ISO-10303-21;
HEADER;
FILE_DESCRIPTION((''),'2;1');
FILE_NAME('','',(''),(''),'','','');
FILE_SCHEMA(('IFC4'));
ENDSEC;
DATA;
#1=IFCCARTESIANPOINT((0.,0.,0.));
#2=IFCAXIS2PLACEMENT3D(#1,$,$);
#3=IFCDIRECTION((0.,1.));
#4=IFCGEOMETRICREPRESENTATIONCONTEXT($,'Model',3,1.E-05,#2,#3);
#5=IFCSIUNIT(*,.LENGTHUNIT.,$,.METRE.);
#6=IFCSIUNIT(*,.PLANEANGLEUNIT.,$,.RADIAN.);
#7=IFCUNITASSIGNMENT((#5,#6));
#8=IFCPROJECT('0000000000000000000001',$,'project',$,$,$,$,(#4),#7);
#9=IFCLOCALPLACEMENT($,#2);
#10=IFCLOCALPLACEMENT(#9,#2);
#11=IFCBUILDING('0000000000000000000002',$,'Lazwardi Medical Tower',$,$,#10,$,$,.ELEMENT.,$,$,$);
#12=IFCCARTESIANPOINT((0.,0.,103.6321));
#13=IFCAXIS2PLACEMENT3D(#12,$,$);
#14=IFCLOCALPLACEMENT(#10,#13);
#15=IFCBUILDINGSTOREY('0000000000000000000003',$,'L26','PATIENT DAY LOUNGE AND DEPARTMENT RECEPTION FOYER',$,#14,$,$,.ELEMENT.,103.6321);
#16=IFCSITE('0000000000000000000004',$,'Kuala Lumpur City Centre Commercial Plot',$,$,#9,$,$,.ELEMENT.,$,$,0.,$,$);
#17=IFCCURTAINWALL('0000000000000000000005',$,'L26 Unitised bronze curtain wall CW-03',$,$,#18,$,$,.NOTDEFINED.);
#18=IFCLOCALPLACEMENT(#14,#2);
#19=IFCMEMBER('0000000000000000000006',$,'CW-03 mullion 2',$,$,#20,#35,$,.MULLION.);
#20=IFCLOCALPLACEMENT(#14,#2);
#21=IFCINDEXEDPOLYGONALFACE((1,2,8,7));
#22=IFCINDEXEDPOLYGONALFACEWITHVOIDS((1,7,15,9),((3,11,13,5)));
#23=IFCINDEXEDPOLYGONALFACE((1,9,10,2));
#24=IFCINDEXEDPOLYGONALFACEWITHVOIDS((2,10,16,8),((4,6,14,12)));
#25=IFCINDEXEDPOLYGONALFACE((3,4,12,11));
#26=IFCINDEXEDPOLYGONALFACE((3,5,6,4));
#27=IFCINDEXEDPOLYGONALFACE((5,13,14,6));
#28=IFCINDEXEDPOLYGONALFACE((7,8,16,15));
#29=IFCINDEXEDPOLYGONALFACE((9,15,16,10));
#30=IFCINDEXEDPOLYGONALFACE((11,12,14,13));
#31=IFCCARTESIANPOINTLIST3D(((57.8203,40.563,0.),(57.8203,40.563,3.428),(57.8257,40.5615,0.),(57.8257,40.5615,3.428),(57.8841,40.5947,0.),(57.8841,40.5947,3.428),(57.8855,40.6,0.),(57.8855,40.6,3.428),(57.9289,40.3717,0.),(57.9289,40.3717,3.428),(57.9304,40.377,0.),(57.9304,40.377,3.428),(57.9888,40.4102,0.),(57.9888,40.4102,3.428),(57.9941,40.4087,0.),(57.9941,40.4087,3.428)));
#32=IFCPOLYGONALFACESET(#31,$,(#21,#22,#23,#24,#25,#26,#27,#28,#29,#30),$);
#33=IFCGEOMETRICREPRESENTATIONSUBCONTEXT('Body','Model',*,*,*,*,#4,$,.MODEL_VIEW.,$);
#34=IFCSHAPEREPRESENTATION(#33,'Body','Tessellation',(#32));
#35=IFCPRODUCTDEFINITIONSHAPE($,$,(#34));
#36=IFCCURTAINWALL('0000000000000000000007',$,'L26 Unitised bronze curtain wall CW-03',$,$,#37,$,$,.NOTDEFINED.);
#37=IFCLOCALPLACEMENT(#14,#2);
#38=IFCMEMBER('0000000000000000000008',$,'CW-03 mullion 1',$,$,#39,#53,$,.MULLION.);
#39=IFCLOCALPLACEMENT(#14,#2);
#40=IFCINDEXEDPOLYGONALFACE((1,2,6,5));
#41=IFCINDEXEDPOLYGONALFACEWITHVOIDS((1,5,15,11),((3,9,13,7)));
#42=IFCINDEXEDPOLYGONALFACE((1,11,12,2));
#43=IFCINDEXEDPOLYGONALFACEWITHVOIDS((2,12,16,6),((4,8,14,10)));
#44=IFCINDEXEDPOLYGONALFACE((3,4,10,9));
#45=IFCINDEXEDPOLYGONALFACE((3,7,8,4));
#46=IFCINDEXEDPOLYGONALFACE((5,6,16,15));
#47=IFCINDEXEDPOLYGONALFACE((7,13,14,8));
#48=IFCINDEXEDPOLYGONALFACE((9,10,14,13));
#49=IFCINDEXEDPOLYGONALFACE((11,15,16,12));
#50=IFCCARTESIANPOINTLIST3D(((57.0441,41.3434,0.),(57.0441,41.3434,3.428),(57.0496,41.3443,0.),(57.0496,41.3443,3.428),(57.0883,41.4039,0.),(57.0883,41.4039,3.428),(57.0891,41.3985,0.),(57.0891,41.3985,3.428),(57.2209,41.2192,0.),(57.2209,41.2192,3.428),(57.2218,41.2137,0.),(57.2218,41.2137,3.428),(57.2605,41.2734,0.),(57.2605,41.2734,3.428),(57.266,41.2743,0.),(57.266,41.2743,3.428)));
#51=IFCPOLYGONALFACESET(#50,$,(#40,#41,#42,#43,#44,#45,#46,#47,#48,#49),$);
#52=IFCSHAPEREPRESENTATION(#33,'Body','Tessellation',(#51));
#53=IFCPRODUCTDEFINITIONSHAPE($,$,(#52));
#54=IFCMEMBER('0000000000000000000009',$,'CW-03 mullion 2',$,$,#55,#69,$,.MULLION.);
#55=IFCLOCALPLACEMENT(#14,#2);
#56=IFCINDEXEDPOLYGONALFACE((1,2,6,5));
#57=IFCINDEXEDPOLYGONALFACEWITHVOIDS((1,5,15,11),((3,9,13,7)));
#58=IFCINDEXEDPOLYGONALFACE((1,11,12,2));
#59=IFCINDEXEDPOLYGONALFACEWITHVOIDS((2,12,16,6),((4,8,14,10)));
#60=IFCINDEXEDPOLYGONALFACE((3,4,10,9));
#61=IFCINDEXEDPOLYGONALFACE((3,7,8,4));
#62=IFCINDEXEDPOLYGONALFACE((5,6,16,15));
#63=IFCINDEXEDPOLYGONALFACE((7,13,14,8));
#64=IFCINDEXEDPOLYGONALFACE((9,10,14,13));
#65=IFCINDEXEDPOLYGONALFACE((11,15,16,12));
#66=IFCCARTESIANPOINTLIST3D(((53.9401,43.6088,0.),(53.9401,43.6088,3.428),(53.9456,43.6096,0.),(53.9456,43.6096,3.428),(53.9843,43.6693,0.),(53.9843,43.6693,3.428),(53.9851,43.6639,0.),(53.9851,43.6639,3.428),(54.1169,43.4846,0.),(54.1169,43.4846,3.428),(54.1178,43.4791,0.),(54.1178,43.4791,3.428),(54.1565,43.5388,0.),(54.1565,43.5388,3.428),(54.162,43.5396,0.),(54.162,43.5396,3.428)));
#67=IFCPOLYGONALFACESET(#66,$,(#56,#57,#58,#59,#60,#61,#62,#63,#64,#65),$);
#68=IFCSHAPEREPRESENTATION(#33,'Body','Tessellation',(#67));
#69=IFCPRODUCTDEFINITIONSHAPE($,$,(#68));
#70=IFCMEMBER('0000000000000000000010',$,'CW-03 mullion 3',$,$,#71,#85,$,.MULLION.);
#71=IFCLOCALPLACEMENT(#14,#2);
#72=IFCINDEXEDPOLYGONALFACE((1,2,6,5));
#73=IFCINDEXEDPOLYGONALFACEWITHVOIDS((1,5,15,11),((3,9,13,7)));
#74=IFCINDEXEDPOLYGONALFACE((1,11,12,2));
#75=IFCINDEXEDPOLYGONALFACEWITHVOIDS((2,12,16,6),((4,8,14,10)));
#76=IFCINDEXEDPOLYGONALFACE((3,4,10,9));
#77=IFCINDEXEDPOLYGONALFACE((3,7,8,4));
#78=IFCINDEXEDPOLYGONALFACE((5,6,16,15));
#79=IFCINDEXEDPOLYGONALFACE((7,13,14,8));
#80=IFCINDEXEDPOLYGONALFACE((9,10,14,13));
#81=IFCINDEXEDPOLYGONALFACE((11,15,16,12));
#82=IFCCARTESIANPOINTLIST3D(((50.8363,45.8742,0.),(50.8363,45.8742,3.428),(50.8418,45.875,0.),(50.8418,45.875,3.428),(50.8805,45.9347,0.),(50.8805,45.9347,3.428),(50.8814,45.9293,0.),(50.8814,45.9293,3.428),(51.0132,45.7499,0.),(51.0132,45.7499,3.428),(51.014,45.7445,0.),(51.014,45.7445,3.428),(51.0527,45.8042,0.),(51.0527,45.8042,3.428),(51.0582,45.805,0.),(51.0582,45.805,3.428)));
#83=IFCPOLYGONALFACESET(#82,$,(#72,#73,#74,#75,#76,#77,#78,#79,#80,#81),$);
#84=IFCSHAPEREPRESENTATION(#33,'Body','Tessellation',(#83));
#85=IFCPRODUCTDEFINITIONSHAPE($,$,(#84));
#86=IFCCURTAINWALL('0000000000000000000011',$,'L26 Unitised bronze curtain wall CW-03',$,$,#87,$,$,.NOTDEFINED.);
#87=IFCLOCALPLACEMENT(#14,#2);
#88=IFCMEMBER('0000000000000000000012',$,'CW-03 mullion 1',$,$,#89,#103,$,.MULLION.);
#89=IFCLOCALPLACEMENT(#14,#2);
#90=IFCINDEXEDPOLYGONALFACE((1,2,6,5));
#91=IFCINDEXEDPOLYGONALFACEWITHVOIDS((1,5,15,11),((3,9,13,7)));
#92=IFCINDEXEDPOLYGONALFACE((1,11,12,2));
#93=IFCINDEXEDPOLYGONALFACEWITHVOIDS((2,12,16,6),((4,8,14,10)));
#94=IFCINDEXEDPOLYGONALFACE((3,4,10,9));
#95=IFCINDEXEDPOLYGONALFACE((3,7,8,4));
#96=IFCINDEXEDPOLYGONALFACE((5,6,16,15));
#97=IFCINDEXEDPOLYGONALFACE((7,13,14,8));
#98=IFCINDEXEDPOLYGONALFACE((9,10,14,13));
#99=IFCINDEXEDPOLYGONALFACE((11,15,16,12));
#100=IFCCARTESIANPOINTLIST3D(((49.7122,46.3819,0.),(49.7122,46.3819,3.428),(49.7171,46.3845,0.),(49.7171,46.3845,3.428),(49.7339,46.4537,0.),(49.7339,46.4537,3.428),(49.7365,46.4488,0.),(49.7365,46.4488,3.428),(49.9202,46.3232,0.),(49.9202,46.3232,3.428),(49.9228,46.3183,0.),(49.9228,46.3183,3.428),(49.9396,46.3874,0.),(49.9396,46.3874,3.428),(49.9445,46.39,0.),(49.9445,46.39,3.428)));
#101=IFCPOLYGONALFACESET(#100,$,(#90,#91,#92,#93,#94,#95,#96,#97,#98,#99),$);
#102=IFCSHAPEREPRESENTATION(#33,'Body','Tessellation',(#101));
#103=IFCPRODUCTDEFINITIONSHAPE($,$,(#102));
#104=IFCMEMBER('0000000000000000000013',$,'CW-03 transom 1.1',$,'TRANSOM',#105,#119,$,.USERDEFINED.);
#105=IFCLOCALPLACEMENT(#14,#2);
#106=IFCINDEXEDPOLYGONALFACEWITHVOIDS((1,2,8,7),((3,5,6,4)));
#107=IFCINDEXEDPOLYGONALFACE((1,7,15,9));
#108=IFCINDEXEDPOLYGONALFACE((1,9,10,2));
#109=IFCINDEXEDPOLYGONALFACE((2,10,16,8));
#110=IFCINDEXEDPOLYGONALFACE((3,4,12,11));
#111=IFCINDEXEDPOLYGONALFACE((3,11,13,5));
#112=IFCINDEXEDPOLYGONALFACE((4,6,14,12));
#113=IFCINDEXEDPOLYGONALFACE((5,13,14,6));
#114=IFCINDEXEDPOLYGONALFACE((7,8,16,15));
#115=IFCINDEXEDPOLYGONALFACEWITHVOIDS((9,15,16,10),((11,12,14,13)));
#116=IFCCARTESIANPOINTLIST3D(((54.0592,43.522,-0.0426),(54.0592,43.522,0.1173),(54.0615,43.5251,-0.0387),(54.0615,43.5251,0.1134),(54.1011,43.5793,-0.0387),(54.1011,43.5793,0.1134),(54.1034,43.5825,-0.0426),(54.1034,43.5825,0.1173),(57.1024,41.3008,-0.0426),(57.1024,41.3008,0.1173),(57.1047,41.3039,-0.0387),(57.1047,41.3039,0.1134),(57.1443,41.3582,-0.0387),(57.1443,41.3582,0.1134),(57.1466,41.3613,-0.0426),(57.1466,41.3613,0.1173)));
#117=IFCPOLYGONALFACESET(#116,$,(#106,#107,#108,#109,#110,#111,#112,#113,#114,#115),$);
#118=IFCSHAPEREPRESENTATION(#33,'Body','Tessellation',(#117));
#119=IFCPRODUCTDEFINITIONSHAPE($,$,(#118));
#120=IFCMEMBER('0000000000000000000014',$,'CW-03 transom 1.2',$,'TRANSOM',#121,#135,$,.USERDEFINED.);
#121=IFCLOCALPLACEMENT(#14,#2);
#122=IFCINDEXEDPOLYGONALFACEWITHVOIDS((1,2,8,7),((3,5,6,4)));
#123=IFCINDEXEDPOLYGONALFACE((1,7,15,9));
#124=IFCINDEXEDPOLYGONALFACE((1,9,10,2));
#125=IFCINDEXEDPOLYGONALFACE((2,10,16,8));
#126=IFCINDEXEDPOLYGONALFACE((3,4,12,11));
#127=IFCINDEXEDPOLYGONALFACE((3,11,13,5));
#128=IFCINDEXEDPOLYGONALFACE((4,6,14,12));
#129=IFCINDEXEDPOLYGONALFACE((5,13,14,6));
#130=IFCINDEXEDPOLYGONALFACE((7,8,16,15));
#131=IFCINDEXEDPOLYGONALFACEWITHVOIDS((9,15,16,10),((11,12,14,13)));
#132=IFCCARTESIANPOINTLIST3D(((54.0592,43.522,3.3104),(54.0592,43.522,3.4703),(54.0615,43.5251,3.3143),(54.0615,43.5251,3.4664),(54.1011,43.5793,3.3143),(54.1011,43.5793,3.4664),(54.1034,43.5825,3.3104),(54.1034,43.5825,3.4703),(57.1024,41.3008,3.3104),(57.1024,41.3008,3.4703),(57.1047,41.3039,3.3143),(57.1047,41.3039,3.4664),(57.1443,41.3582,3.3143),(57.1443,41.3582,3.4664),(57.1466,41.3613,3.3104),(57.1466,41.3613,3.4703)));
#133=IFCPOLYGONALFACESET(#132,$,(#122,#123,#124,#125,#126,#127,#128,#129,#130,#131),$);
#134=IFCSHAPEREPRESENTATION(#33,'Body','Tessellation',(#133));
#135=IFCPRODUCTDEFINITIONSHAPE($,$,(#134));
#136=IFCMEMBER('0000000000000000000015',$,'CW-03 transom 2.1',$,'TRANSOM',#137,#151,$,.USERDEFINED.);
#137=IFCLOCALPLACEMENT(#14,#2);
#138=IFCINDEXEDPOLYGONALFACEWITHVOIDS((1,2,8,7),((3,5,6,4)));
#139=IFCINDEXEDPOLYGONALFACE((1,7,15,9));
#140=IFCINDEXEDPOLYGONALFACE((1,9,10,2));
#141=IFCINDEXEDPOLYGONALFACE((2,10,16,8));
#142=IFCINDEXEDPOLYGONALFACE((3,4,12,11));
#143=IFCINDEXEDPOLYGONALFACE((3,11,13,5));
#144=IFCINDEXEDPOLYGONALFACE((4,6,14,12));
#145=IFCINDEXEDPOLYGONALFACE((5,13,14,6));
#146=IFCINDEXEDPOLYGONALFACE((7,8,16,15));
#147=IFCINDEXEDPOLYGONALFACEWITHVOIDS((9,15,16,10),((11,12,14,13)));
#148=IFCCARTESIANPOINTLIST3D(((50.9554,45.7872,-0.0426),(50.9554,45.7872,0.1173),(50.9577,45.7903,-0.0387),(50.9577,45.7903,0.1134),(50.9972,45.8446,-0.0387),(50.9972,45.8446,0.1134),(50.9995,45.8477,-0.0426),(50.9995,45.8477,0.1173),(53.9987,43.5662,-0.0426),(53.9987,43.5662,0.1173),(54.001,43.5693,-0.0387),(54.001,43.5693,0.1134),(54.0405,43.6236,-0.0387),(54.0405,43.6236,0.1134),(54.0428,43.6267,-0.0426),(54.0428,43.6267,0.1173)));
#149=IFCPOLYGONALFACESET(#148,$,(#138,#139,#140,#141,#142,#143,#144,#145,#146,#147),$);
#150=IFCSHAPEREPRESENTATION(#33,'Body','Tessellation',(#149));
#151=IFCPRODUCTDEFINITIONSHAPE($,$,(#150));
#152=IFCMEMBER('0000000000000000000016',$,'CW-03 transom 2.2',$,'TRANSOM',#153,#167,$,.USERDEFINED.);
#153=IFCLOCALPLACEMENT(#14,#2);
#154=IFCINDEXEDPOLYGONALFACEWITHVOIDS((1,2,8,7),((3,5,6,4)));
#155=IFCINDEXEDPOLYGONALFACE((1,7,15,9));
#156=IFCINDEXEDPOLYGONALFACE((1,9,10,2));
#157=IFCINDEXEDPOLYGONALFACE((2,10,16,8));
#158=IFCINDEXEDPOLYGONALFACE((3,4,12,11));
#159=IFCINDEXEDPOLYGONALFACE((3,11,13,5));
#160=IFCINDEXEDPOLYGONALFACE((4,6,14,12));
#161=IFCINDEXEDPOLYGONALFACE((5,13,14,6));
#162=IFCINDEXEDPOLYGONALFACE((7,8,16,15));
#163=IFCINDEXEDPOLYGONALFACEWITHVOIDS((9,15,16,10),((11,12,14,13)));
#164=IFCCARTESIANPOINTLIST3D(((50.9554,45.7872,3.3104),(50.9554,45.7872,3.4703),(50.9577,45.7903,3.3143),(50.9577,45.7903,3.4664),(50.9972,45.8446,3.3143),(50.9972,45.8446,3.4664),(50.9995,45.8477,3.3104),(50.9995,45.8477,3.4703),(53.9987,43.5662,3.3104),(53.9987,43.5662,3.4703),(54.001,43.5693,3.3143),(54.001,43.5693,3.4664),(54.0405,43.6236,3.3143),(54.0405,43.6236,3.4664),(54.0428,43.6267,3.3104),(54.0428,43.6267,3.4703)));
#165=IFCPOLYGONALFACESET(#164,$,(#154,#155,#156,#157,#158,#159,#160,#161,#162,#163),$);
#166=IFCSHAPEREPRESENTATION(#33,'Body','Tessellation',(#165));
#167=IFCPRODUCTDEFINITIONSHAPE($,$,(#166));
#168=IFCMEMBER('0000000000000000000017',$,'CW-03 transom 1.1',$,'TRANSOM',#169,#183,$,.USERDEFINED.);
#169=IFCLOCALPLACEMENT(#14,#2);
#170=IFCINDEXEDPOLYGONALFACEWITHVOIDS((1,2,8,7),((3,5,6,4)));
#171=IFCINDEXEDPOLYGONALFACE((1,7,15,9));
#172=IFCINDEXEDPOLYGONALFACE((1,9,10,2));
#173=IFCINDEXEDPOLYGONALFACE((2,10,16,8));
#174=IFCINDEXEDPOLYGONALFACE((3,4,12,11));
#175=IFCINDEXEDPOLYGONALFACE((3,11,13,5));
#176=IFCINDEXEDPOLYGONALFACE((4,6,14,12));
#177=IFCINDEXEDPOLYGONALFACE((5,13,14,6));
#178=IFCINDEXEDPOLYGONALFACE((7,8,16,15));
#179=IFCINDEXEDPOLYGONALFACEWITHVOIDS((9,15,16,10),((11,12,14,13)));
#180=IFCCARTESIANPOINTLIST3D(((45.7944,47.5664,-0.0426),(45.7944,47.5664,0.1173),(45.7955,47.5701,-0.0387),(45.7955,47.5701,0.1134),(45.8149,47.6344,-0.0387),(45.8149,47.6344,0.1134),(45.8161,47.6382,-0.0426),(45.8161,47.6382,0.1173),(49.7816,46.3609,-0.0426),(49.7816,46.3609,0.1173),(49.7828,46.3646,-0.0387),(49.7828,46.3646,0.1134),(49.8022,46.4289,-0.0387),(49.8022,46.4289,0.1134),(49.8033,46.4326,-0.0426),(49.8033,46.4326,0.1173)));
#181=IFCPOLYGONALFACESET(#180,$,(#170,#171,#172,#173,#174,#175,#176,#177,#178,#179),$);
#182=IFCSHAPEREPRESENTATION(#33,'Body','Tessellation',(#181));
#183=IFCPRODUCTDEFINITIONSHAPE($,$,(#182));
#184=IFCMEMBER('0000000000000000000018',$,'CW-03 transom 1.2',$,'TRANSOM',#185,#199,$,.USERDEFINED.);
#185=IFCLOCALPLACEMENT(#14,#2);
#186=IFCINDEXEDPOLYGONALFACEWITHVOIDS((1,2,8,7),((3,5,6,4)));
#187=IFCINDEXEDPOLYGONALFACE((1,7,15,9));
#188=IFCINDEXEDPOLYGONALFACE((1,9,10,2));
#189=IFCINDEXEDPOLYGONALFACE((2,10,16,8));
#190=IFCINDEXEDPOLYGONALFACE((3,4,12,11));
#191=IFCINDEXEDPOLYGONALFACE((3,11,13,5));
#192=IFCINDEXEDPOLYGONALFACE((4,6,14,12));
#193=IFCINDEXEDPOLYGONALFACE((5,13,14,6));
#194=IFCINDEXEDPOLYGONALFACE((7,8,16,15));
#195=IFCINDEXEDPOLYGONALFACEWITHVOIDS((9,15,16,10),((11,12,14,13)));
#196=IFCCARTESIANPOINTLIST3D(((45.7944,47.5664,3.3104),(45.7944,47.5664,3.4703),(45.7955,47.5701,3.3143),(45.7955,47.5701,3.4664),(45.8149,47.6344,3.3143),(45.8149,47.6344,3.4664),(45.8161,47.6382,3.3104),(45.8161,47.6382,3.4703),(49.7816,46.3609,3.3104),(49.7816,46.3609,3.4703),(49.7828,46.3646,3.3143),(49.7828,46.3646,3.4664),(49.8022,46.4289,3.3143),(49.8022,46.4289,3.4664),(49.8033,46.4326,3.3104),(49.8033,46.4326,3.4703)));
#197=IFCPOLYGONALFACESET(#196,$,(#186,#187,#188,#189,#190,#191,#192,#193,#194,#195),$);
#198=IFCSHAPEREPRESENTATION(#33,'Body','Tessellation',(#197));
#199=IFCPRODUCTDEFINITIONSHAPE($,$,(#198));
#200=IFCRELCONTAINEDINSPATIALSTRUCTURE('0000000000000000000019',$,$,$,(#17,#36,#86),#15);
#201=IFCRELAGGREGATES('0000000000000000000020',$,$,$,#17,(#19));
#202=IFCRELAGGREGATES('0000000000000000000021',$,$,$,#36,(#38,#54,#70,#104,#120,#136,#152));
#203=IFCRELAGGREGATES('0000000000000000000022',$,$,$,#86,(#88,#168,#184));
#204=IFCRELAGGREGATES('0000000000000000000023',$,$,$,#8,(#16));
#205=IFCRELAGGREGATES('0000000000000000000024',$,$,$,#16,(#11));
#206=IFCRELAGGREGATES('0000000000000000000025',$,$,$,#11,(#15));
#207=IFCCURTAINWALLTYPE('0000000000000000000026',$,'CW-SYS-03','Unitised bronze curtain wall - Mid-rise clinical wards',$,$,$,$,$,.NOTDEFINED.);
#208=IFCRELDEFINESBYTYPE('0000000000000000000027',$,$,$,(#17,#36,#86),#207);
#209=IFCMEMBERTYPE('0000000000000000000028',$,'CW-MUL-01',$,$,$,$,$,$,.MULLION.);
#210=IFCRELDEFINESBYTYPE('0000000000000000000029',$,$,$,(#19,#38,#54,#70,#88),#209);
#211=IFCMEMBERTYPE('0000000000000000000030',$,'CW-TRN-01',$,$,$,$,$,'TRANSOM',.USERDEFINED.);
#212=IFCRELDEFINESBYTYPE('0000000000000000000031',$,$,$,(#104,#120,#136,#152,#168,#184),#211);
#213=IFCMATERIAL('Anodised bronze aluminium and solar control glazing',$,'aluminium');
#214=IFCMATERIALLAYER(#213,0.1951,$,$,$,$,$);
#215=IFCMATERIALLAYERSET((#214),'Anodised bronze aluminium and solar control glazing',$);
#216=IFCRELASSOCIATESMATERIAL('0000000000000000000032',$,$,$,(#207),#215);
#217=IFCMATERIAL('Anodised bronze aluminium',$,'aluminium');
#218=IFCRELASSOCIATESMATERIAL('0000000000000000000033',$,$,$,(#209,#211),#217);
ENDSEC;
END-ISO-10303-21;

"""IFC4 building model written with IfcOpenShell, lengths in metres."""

from ifc_helpers import new_model, si_unit, direction, frame, origin, origin_2d, place, context, subcontext, project, spatial, hollow_rectangle, extrude, material, layer, layer_set, material_profile, profile_set, type_object, element, aggregate, save


model = new_model("IFC4")

# Units and contexts
model_context = context("Model", 3, precision=1e-05, world=origin(), true_north=direction((0.0, 1.0)))
body_context = subcontext(model_context, "Body", "Model", "MODEL_VIEW")
ifc_project = project(units=[si_unit("LENGTHUNIT", "METRE"), si_unit("PLANEANGLEUNIT", "RADIAN")], contexts=[model_context])

# Site, building, storey
site_placement = place(None, origin())
site = spatial("IfcSite", under=ifc_project, at=site_placement, Name="Kuala Lumpur City Centre Commercial Plot", CompositionType="ELEMENT", RefElevation=0.0)
building_placement = place(site_placement, origin())
building = spatial("IfcBuilding", under=site, at=building_placement, Name="Lazwardi Medical Tower", CompositionType="ELEMENT")
storey_placement = place(building_placement, frame((0.0, 0.0, 103.6321)))
storey = spatial("IfcBuildingStorey", under=building, at=storey_placement, Name="L26", Description="PATIENT DAY LOUNGE AND DEPARTMENT RECEPTION FOYER", CompositionType="ELEMENT", Elevation=103.6321)

# Curtain wall, member
ifc_material_1 = material(Name="Anodised bronze aluminium and solar control glazing", Category="aluminium")
ifc_layer_1 = layer(ifc_material_1, 0.1951)
ifc_layer_set_1 = layer_set([ifc_layer_1], Name="Anodised bronze aluminium and solar control glazing")
curtain_wall_type = type_object("IfcCurtainWallType", Name="CW-SYS-03", Description="Unitised bronze curtain wall - Mid-rise clinical wards", PredefinedType="NOTDEFINED", material=ifc_layer_set_1)
curtain_wall_1_placement = place(storey_placement, origin())
curtain_wall_1 = element("IfcCurtainWall", 1, at=curtain_wall_1_placement, inside=storey, type_object=curtain_wall_type, Name="L26 Unitised bronze curtain wall CW-03", PredefinedType="NOTDEFINED")
ifc_material_2 = material(Name="Anodised bronze aluminium", Category="aluminium")
ifc_material_profile_1 = material_profile(ifc_material_2, hollow_rectangle(XDim=0.075, YDim=0.22, WallThickness=0.0039, at=origin_2d()), Name="ALU-MULLION 220x75x4")
ifc_profile_set_1 = profile_set([ifc_material_profile_1], Name="Anodised bronze aluminium")
member_type_1 = type_object("IfcMemberType", Name="CW-MUL-01", PredefinedType="MULLION", material=ifc_profile_set_1)
member_1_placement = place(storey_placement, frame((57.9072, 40.4858, 0.0), z_axis=(0.0, 0.0, 1.0), x_axis=(-0.869687, -0.493603, 0.0)))
member_1 = element("IfcMember", 2, at=member_1_placement, type_object=member_type_1, Name="CW-03 mullion 2", PredefinedType="MULLION", context=body_context, shape_type="SweptSolid", body=[
    extrude(hollow_rectangle(XDim=0.075, YDim=0.22, WallThickness=0.0039, at=origin_2d()), origin(), (0.0, 0.0, 1.0), 3.428),
])
aggregate(curtain_wall_1, [member_1])

# Curtain wall, members
curtain_wall_2_placement = place(storey_placement, origin())
curtain_wall_2 = element("IfcCurtainWall", 3, at=curtain_wall_2_placement, inside=storey, type_object=curtain_wall_type, Name="L26 Unitised bronze curtain wall CW-03", PredefinedType="NOTDEFINED")
member_2_placement = place(storey_placement, frame((57.155, 41.3088, 0.0), z_axis=(0.0, 0.0, 1.0), x_axis=(-0.589531, -0.807746, 0.0)))
member_2 = element("IfcMember", 4, at=member_2_placement, type_object=member_type_1, Name="CW-03 mullion 1", PredefinedType="MULLION", context=body_context, shape_type="SweptSolid", body=[
    extrude(hollow_rectangle(XDim=0.075, YDim=0.22, WallThickness=0.0039, at=origin_2d()), origin(), (0.0, 0.0, 1.0), 3.428),
])
member_3_placement = place(storey_placement, frame((54.051, 43.5742, 0.0), z_axis=(0.0, 0.0, 1.0), x_axis=(-0.589531, -0.807746, 0.0)))
member_3 = element("IfcMember", 5, at=member_3_placement, type_object=member_type_1, Name="CW-03 mullion 2", PredefinedType="MULLION", context=body_context, shape_type="SweptSolid", body=[
    extrude(hollow_rectangle(XDim=0.075, YDim=0.22, WallThickness=0.0039, at=origin_2d()), origin(), (0.0, 0.0, 1.0), 3.428),
])
member_4_placement = place(storey_placement, frame((50.9473, 45.8396, 0.0), z_axis=(0.0, 0.0, 1.0), x_axis=(-0.589531, -0.807746, 0.0)))
member_4 = element("IfcMember", 6, at=member_4_placement, type_object=member_type_1, Name="CW-03 mullion 3", PredefinedType="MULLION", context=body_context, shape_type="SweptSolid", body=[
    extrude(hollow_rectangle(XDim=0.075, YDim=0.22, WallThickness=0.0039, at=origin_2d()), origin(), (0.0, 0.0, 1.0), 3.428),
])

# Curtain wall, member
curtain_wall_3_placement = place(storey_placement, origin())
curtain_wall_3 = element("IfcCurtainWall", 7, at=curtain_wall_3_placement, inside=storey, type_object=curtain_wall_type, Name="L26 Unitised bronze curtain wall CW-03", PredefinedType="NOTDEFINED")
member_5_placement = place(storey_placement, frame((49.8284, 46.386, 0.0), z_axis=(0.0, 0.0, 1.0), x_axis=(-0.289374, -0.957216, 0.0)))
member_5 = element("IfcMember", 8, at=member_5_placement, type_object=member_type_1, Name="CW-03 mullion 1", PredefinedType="MULLION", context=body_context, shape_type="SweptSolid", body=[
    extrude(hollow_rectangle(XDim=0.075, YDim=0.22, WallThickness=0.0039, at=origin_2d()), origin(), (0.0, 0.0, 1.0), 3.428),
])

# Members
ifc_material_profile_2 = material_profile(ifc_material_2, hollow_rectangle(XDim=0.075, YDim=0.1599, WallThickness=0.0039, at=origin_2d()), Name="ALU-TRANSOM 160x75x4")
ifc_profile_set_2 = profile_set([ifc_material_profile_2], Name="Anodised bronze aluminium")
member_type_2 = type_object("IfcMemberType", Name="CW-TRN-01", ElementType="TRANSOM", PredefinedType="USERDEFINED", material=ifc_profile_set_2)
member_6_placement = place(storey_placement, frame((57.1245, 41.3311, 0.0374), z_axis=(-0.807732, 0.58955, 0.0), x_axis=(-0.58955, -0.807732, 0.0)))
member_6 = element("IfcMember", 9, at=member_6_placement, type_object=member_type_2, Name="CW-03 transom 1.1", ObjectType="TRANSOM", PredefinedType="USERDEFINED", context=body_context, shape_type="SweptSolid", body=[
    extrude(hollow_rectangle(XDim=0.075, YDim=0.1599, WallThickness=0.0039, at=origin_2d()), origin(), (0.0, 0.0, 1.0), 3.7676),
])
member_7_placement = place(storey_placement, frame((57.1245, 41.3311, 3.3904), z_axis=(-0.807732, 0.58955, 0.0), x_axis=(-0.58955, -0.807732, 0.0)))
member_7 = element("IfcMember", 10, at=member_7_placement, type_object=member_type_2, Name="CW-03 transom 1.2", ObjectType="TRANSOM", PredefinedType="USERDEFINED", context=body_context, shape_type="SweptSolid", body=[
    extrude(hollow_rectangle(XDim=0.075, YDim=0.1599, WallThickness=0.0039, at=origin_2d()), origin(), (0.0, 0.0, 1.0), 3.7676),
])
member_8_placement = place(storey_placement, frame((54.0208, 43.5964, 0.0374), z_axis=(-0.807763, 0.589508, 0.0), x_axis=(-0.589508, -0.807763, 0.0)))
member_8 = element("IfcMember", 11, at=member_8_placement, type_object=member_type_2, Name="CW-03 transom 2.1", ObjectType="TRANSOM", PredefinedType="USERDEFINED", context=body_context, shape_type="SweptSolid", body=[
    extrude(hollow_rectangle(XDim=0.075, YDim=0.1599, WallThickness=0.0039, at=origin_2d()), origin(), (0.0, 0.0, 1.0), 3.7676),
])
member_9_placement = place(storey_placement, frame((54.0208, 43.5964, 3.3904), z_axis=(-0.807763, 0.589508, 0.0), x_axis=(-0.589508, -0.807763, 0.0)))
member_9 = element("IfcMember", 12, at=member_9_placement, type_object=member_type_2, Name="CW-03 transom 2.2", ObjectType="TRANSOM", PredefinedType="USERDEFINED", context=body_context, shape_type="SweptSolid", body=[
    extrude(hollow_rectangle(XDim=0.075, YDim=0.1599, WallThickness=0.0039, at=origin_2d()), origin(), (0.0, 0.0, 1.0), 3.7676),
])
member_10_placement = place(storey_placement, frame((49.7925, 46.3967, 0.0374), z_axis=(-0.957205, 0.289412, 0.0), x_axis=(-0.289412, -0.957205, 0.0)))
member_10 = element("IfcMember", 13, at=member_10_placement, type_object=member_type_2, Name="CW-03 transom 1.1", ObjectType="TRANSOM", PredefinedType="USERDEFINED", context=body_context, shape_type="SweptSolid", body=[
    extrude(hollow_rectangle(XDim=0.075, YDim=0.1599, WallThickness=0.0039, at=origin_2d()), origin(), (0.0, 0.0, 1.0), 4.1655),
])
member_11_placement = place(storey_placement, frame((49.7925, 46.3967, 3.3904), z_axis=(-0.957205, 0.289412, 0.0), x_axis=(-0.289412, -0.957205, 0.0)))
member_11 = element("IfcMember", 14, at=member_11_placement, type_object=member_type_2, Name="CW-03 transom 1.2", ObjectType="TRANSOM", PredefinedType="USERDEFINED", context=body_context, shape_type="SweptSolid", body=[
    extrude(hollow_rectangle(XDim=0.075, YDim=0.1599, WallThickness=0.0039, at=origin_2d()), origin(), (0.0, 0.0, 1.0), 4.1655),
])

aggregate(curtain_wall_2, [member_2, member_3, member_4, member_6, member_7, member_8, member_9])
aggregate(curtain_wall_3, [member_5, member_10, member_11])

save(model, "model.ifc")
